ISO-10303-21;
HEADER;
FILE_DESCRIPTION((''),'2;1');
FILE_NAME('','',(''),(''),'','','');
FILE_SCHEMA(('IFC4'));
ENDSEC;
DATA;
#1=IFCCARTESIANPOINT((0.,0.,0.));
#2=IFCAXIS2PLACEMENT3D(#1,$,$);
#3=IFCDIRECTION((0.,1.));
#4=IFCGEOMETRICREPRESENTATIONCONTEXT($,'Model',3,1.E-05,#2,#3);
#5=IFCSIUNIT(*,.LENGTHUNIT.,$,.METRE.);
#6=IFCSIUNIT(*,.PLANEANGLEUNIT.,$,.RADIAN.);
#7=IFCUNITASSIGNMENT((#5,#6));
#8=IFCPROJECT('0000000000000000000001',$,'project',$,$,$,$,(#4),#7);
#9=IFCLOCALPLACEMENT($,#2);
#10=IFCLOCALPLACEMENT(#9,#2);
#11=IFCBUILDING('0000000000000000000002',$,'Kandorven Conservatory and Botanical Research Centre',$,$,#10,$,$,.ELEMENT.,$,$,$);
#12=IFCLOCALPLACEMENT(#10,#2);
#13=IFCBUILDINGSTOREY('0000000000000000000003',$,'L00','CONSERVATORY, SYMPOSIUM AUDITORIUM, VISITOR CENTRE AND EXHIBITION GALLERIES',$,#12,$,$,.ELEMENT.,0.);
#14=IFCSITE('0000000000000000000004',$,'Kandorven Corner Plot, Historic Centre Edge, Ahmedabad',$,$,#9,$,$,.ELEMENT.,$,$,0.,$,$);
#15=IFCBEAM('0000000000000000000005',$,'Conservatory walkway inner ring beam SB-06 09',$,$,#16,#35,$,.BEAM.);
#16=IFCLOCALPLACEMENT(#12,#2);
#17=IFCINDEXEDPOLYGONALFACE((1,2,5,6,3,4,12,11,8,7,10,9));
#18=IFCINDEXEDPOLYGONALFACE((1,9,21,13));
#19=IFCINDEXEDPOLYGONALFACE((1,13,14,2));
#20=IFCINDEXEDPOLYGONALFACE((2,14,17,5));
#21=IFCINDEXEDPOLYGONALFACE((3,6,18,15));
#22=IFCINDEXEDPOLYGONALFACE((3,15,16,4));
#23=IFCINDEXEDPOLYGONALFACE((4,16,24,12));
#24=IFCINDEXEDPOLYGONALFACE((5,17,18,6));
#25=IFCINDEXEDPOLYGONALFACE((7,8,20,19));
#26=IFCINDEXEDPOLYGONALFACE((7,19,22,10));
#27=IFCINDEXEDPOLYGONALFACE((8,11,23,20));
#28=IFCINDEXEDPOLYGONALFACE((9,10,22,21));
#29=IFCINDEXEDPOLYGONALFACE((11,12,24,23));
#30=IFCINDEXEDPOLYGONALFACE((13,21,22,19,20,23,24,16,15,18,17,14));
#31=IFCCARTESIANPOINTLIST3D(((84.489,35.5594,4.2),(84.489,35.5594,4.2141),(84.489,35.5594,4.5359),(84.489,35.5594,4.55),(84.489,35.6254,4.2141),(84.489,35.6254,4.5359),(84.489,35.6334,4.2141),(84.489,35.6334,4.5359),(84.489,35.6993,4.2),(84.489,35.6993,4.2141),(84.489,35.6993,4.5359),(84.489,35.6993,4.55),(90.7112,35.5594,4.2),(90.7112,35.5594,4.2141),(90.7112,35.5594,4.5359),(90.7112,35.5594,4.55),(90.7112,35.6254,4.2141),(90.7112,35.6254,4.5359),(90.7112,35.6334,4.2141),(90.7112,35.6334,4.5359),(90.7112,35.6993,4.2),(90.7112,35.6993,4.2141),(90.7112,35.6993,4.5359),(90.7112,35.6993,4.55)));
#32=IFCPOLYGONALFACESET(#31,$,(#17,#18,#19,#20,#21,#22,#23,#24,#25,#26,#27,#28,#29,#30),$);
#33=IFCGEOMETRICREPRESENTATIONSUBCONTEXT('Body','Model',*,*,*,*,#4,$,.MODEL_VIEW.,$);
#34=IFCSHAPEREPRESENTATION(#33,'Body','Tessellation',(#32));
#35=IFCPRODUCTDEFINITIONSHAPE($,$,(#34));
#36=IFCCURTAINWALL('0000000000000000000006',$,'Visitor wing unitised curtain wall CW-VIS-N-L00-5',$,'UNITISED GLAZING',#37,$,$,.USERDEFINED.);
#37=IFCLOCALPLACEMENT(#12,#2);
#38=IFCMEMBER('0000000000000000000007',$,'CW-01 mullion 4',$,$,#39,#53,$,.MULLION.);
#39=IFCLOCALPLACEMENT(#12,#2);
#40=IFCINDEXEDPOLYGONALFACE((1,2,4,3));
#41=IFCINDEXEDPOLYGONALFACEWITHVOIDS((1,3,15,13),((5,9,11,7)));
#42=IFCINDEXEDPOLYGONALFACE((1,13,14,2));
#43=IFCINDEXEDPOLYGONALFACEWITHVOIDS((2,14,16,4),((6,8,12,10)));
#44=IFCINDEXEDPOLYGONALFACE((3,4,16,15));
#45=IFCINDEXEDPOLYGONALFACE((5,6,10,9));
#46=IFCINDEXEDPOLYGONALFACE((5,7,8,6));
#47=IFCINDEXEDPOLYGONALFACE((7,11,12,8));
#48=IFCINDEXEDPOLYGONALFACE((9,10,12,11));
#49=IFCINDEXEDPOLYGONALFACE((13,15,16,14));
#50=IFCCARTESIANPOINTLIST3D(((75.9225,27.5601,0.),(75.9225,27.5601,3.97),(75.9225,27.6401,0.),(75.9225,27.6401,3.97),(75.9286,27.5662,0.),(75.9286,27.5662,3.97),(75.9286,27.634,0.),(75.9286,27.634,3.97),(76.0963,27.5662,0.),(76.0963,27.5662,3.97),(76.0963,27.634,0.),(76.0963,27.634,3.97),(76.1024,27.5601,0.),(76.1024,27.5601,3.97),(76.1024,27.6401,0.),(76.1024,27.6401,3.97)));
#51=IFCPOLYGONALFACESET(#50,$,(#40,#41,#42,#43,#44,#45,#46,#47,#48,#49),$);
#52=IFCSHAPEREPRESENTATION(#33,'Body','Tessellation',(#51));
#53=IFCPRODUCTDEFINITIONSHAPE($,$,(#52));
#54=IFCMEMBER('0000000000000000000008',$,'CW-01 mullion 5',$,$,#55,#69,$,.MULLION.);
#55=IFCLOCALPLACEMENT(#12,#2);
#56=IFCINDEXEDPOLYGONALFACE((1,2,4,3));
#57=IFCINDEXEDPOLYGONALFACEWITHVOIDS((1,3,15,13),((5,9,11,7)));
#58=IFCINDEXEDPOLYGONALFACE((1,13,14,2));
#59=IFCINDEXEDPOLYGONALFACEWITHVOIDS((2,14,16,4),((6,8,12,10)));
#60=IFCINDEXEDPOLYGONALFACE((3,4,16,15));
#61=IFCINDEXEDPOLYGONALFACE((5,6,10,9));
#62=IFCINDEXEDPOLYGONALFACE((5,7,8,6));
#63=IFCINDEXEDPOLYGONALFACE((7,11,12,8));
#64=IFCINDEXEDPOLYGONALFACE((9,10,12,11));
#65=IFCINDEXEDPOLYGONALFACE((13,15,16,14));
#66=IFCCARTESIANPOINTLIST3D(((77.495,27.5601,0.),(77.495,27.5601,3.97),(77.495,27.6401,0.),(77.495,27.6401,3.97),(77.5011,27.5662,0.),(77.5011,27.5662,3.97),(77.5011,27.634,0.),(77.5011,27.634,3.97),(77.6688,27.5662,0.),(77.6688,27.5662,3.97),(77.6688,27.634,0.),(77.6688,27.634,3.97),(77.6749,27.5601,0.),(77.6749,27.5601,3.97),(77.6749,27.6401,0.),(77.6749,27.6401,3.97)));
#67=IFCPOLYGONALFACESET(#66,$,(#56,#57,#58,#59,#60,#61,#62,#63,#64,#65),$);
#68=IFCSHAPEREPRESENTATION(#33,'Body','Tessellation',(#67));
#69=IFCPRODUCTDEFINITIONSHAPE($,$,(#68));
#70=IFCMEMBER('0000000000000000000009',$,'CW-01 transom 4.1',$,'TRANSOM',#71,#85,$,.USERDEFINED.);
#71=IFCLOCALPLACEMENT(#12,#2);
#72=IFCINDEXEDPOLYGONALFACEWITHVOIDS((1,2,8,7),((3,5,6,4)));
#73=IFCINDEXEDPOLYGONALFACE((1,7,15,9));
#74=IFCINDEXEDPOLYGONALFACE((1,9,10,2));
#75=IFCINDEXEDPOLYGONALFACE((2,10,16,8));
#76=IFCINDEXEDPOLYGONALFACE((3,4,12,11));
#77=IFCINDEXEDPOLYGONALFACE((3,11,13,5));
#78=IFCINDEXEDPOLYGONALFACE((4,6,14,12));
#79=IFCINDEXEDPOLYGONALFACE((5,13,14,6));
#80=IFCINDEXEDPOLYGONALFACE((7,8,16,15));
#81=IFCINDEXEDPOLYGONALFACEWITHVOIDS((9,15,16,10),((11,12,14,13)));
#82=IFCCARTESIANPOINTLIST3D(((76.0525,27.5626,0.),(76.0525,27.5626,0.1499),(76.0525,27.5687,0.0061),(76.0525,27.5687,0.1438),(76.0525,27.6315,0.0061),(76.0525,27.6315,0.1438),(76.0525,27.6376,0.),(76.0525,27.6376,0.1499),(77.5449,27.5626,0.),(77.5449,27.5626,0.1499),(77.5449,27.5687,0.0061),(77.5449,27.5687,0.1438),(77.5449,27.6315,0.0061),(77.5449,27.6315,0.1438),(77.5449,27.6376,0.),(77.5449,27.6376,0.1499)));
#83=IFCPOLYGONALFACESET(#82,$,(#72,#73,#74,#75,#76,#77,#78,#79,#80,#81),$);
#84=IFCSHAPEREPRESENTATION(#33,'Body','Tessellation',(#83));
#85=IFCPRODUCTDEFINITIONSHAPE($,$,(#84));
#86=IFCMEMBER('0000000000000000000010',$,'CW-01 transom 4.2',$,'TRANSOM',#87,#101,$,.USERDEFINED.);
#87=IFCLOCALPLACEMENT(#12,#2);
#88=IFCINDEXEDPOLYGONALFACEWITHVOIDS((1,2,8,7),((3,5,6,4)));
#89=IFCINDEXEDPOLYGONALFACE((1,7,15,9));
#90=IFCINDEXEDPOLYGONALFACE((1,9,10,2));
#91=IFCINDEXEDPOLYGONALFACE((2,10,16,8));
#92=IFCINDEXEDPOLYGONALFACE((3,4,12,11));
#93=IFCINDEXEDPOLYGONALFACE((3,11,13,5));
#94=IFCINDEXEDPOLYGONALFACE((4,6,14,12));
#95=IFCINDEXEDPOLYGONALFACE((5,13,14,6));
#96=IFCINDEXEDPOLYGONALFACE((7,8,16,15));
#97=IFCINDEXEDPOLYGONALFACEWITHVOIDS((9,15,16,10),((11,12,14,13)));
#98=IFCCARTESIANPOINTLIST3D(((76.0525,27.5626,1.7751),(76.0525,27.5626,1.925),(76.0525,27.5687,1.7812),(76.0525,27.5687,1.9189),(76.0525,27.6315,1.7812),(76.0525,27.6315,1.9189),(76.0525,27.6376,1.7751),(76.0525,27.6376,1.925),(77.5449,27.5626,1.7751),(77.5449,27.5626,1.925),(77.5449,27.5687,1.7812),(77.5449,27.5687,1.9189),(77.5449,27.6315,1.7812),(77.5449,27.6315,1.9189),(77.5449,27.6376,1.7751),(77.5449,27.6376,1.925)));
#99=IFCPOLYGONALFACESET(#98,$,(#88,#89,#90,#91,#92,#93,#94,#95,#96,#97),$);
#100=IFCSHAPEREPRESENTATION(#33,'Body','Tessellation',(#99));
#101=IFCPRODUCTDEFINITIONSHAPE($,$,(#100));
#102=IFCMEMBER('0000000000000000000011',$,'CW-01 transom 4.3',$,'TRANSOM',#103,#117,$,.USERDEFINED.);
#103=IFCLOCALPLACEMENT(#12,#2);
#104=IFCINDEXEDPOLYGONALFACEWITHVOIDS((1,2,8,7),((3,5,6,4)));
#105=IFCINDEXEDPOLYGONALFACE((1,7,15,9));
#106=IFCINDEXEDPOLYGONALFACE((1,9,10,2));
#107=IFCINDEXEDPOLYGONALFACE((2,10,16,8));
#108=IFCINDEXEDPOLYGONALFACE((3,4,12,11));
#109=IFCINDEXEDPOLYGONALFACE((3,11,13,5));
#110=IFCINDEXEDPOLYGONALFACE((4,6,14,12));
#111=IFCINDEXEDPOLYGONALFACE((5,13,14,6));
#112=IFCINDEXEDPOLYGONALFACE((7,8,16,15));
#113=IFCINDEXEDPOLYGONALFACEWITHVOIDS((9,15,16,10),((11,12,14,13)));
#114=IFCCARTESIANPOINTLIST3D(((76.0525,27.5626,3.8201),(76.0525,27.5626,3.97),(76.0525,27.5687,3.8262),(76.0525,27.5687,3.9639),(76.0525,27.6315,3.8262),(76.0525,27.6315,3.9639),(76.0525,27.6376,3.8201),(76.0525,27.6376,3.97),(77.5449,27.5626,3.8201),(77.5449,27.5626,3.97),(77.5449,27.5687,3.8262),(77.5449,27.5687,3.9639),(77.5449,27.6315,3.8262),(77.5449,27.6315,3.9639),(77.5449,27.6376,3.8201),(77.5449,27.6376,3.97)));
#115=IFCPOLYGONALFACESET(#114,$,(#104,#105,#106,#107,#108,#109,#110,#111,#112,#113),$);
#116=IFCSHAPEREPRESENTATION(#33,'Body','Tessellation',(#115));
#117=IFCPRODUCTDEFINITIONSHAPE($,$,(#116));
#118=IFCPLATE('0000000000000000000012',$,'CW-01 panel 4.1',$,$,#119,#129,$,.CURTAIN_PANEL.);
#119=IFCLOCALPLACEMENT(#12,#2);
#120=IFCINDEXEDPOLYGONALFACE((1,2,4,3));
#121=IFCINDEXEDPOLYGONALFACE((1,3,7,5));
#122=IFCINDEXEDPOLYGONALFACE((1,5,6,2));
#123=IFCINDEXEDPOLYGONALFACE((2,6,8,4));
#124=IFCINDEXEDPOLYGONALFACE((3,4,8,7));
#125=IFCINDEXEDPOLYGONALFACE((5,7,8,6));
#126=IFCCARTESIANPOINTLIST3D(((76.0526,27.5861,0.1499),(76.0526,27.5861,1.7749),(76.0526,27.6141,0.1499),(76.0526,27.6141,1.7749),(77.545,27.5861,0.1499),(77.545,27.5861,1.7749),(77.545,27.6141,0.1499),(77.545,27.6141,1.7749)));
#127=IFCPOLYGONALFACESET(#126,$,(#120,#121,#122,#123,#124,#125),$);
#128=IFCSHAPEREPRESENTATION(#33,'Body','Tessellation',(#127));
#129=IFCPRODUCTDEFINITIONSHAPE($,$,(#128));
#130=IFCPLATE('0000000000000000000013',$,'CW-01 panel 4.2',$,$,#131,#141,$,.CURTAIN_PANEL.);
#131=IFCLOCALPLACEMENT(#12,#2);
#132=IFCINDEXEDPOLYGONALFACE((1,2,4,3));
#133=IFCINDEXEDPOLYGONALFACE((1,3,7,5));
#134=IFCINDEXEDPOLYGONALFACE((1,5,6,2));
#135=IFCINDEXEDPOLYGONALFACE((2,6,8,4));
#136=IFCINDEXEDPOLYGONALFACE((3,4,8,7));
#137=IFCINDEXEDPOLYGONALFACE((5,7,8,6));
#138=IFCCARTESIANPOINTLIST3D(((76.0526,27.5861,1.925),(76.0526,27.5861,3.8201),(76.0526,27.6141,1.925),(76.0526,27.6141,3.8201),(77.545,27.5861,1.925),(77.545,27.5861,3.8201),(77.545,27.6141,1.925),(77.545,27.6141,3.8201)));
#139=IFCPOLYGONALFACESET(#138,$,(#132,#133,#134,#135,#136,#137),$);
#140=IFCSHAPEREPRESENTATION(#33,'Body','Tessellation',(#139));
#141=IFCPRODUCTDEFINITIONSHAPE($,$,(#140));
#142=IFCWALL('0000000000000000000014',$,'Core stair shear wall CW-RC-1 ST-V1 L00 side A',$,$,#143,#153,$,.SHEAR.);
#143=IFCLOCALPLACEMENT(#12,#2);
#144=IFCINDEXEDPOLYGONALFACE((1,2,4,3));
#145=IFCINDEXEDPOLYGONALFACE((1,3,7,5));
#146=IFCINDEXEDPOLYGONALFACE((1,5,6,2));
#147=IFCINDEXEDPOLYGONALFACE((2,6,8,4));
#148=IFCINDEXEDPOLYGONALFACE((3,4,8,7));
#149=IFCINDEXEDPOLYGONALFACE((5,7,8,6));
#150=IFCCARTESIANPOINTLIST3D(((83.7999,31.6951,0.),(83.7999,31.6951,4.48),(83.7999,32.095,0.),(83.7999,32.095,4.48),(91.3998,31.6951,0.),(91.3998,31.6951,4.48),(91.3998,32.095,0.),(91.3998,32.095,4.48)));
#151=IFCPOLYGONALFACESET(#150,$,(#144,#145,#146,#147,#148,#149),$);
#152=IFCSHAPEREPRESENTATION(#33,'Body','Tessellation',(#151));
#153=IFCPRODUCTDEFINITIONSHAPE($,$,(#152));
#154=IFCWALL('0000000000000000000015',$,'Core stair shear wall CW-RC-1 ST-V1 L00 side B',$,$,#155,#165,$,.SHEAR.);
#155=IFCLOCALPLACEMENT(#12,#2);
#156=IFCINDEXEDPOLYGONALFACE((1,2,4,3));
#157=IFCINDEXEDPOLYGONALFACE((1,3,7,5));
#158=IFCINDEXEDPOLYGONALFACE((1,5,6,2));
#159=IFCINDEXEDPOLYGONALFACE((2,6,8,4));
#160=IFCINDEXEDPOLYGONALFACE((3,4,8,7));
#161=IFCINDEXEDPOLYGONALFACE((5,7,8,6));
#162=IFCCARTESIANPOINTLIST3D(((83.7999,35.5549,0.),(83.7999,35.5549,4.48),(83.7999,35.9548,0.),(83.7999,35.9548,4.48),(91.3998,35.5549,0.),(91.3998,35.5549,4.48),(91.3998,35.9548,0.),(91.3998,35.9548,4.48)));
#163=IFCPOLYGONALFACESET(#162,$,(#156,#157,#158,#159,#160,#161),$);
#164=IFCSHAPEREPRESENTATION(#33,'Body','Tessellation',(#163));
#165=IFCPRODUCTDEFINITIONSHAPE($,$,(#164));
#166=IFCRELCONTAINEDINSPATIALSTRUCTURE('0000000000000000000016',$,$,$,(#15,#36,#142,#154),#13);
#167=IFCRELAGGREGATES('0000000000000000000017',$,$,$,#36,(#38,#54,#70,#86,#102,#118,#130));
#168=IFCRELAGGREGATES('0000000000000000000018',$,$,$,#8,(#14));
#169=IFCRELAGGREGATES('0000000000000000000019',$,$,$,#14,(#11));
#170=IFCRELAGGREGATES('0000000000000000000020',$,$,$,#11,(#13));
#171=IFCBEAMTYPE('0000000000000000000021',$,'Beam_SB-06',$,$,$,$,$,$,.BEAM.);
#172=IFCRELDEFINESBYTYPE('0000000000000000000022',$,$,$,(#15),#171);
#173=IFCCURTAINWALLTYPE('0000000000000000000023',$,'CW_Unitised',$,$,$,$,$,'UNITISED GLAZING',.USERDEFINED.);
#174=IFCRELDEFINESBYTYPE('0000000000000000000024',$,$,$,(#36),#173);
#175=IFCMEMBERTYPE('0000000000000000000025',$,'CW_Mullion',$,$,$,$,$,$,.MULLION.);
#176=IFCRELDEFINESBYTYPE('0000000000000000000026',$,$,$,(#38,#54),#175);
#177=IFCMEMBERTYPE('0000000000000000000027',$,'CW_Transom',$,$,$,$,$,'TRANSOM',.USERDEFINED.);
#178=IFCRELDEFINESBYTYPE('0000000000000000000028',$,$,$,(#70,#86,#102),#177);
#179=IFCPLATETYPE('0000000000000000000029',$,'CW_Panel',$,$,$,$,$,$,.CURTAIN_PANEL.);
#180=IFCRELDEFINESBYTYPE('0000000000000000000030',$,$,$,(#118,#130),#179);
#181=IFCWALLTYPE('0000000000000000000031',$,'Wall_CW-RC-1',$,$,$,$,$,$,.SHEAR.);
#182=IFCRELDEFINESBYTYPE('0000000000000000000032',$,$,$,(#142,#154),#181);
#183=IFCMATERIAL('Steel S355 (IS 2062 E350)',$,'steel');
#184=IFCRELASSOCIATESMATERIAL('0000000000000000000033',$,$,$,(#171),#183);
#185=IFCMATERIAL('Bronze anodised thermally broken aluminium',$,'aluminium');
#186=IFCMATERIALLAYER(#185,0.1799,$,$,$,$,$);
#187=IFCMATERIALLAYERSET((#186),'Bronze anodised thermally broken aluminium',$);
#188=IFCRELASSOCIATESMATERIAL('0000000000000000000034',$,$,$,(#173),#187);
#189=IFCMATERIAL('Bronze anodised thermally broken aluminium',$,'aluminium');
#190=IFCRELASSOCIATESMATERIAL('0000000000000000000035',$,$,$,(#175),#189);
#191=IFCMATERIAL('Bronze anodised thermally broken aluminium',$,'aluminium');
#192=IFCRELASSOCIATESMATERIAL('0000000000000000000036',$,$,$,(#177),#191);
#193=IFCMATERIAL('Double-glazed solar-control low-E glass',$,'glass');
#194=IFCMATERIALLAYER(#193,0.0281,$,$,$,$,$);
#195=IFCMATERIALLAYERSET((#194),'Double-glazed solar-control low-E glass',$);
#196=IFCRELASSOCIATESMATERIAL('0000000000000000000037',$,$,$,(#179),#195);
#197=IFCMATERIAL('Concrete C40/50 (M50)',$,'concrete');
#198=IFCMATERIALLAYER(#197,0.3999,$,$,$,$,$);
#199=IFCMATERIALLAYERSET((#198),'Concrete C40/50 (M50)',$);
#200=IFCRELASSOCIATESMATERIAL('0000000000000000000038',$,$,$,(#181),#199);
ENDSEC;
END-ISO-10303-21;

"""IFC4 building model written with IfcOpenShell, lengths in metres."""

from ifc_helpers import new_model, si_unit, direction, frame, frame_2d, origin, origin_2d, place, context, subcontext, project, spatial, rectangle, hollow_rectangle, i_section, extrude, material, layer, layer_set, material_profile, profile_set, type_object, element, aggregate, save


model = new_model("IFC4")

# Units and contexts
model_context = context("Model", 3, precision=1e-05, world=origin(), true_north=direction((0.0, 1.0)))
body_context = subcontext(model_context, "Body", "Model", "MODEL_VIEW")
ifc_project = project(units=[si_unit("LENGTHUNIT", "METRE"), si_unit("PLANEANGLEUNIT", "RADIAN")], contexts=[model_context])

# Site, building, storey
site_placement = place(None, origin())
site = spatial("IfcSite", under=ifc_project, at=site_placement, Name="Kandorven Corner Plot, Historic Centre Edge, Ahmedabad", CompositionType="ELEMENT", RefElevation=0.0)
building_placement = place(site_placement, origin())
building = spatial("IfcBuilding", under=site, at=building_placement, Name="Kandorven Conservatory and Botanical Research Centre", CompositionType="ELEMENT")
storey_placement = place(building_placement, origin())
storey = spatial("IfcBuildingStorey", under=building, at=storey_placement, Name="L00", Description="CONSERVATORY, SYMPOSIUM AUDITORIUM, VISITOR CENTRE AND EXHIBITION GALLERIES", CompositionType="ELEMENT", Elevation=0.0)

# Beam
ifc_material_1 = material(Name="Steel S355 (IS 2062 E350)", Category="steel")
ifc_material_profile_1 = material_profile(ifc_material_1, i_section(OverallWidth=0.1399, OverallDepth=0.3501, WebThickness=0.0081, FlangeThickness=0.0142, at=origin_2d()))
ifc_profile_set_1 = profile_set([ifc_material_profile_1], Name="Steel S355 (IS 2062 E350)")
beam_type_1 = type_object("IfcBeamType", Name="Beam_SB-06", PredefinedType="BEAM", material=ifc_profile_set_1)
beam_1_placement = place(storey_placement, frame((84.489, 35.6294, 4.375), z_axis=(1.0, 0.0, 0.0), x_axis=(0.0, 1.0, 0.0)))
element("IfcBeam", 1, at=beam_1_placement, inside=storey, type_object=beam_type_1, Name="Conservatory walkway inner ring beam SB-06 09", PredefinedType="BEAM", context=body_context, shape_type="SweptSolid", body=[
    extrude(i_section(OverallWidth=0.1399, OverallDepth=0.3501, WebThickness=0.0081, FlangeThickness=0.0142, at=origin_2d()), origin(), (0.0, 0.0, 1.0), 6.2222),
])

# Curtain wall, members, plates
ifc_material_2 = material(Name="Bronze anodised thermally broken aluminium", Category="aluminium")
ifc_layer_1 = layer(ifc_material_2, 0.1799)
ifc_layer_set_1 = layer_set([ifc_layer_1], Name="Bronze anodised thermally broken aluminium")
curtain_wall_type = type_object("IfcCurtainWallType", Name="CW_Unitised", ElementType="UNITISED GLAZING", PredefinedType="USERDEFINED", material=ifc_layer_set_1)
curtain_wall_placement = place(storey_placement, origin())
curtain_wall = element("IfcCurtainWall", 2, at=curtain_wall_placement, inside=storey, type_object=curtain_wall_type, Name="Visitor wing unitised curtain wall CW-VIS-N-L00-5", ObjectType="UNITISED GLAZING", PredefinedType="USERDEFINED")
ifc_material_3 = material(Name="Bronze anodised thermally broken aluminium", Category="aluminium")
ifc_material_profile_2 = material_profile(ifc_material_3, hollow_rectangle(XDim=0.0801, YDim=0.1799, WallThickness=0.0061, at=origin_2d()))
ifc_profile_set_2 = profile_set([ifc_material_profile_2], Name="Bronze anodised thermally broken aluminium")
member_type_1 = type_object("IfcMemberType", Name="CW_Mullion", PredefinedType="MULLION", material=ifc_profile_set_2)
member_1_placement = place(storey_placement, frame((76.0125, 27.6001, 0.0), z_axis=(0.0, 0.0, 1.0), x_axis=(0.0, 1.0, 0.0)))
member_1 = element("IfcMember", 3, at=member_1_placement, type_object=member_type_1, Name="CW-01 mullion 4", PredefinedType="MULLION", context=body_context, shape_type="SweptSolid", body=[
    extrude(hollow_rectangle(XDim=0.0801, YDim=0.1799, WallThickness=0.0061, at=origin_2d()), origin(), (0.0, 0.0, 1.0), 3.97),
])
member_2_placement = place(storey_placement, frame((77.585, 27.6001, 0.0), z_axis=(0.0, 0.0, 1.0), x_axis=(0.0, 1.0, 0.0)))
member_2 = element("IfcMember", 4, at=member_2_placement, type_object=member_type_1, Name="CW-01 mullion 5", PredefinedType="MULLION", context=body_context, shape_type="SweptSolid", body=[
    extrude(hollow_rectangle(XDim=0.0801, YDim=0.1799, WallThickness=0.0061, at=origin_2d()), origin(), (0.0, 0.0, 1.0), 3.97),
])
ifc_material_4 = material(Name="Bronze anodised thermally broken aluminium", Category="aluminium")
ifc_material_profile_3 = material_profile(ifc_material_4, hollow_rectangle(XDim=0.075, YDim=0.1499, WallThickness=0.0061, at=origin_2d()))
ifc_profile_set_3 = profile_set([ifc_material_profile_3], Name="Bronze anodised thermally broken aluminium")
member_type_2 = type_object("IfcMemberType", Name="CW_Transom", ElementType="TRANSOM", PredefinedType="USERDEFINED", material=ifc_profile_set_3)
member_3_placement = place(storey_placement, frame((76.0525, 27.6001, 0.075), z_axis=(1.0, 0.0, 0.0), x_axis=(0.0, 1.0, 0.0)))
member_3 = element("IfcMember", 5, at=member_3_placement, type_object=member_type_2, Name="CW-01 transom 4.1", ObjectType="TRANSOM", PredefinedType="USERDEFINED", context=body_context, shape_type="SweptSolid", body=[
    extrude(hollow_rectangle(XDim=0.075, YDim=0.1499, WallThickness=0.0061, at=origin_2d()), origin(), (0.0, 0.0, 1.0), 1.4924),
])
member_4_placement = place(storey_placement, frame((76.0525, 27.6001, 1.8501), z_axis=(1.0, 0.0, 0.0), x_axis=(0.0, 1.0, 0.0)))
member_4 = element("IfcMember", 6, at=member_4_placement, type_object=member_type_2, Name="CW-01 transom 4.2", ObjectType="TRANSOM", PredefinedType="USERDEFINED", context=body_context, shape_type="SweptSolid", body=[
    extrude(hollow_rectangle(XDim=0.075, YDim=0.1499, WallThickness=0.0061, at=origin_2d()), origin(), (0.0, 0.0, 1.0), 1.4924),
])
member_5_placement = place(storey_placement, frame((76.0525, 27.6001, 3.895), z_axis=(1.0, 0.0, 0.0), x_axis=(0.0, 1.0, 0.0)))
member_5 = element("IfcMember", 7, at=member_5_placement, type_object=member_type_2, Name="CW-01 transom 4.3", ObjectType="TRANSOM", PredefinedType="USERDEFINED", context=body_context, shape_type="SweptSolid", body=[
    extrude(hollow_rectangle(XDim=0.075, YDim=0.1499, WallThickness=0.0061, at=origin_2d()), origin(), (0.0, 0.0, 1.0), 1.4924),
])
ifc_material_5 = material(Name="Double-glazed solar-control low-E glass", Category="glass")
ifc_layer_2 = layer(ifc_material_5, 0.0281)
ifc_layer_set_2 = layer_set([ifc_layer_2], Name="Double-glazed solar-control low-E glass")
plate_type = type_object("IfcPlateType", Name="CW_Panel", PredefinedType="CURTAIN_PANEL", material=ifc_layer_set_2)
plate_1_placement = place(storey_placement, frame((76.7988, 27.6001, 0.1499), z_axis=(0.0, 0.0, 1.0), x_axis=(1.0, 0.0, 0.0)))
plate_1 = element("IfcPlate", 8, at=plate_1_placement, type_object=plate_type, Name="CW-01 panel 4.1", PredefinedType="CURTAIN_PANEL", context=body_context, shape_type="SweptSolid", body=[
    extrude(rectangle(XDim=1.4924, YDim=0.0281, at=origin_2d()), origin(), (0.0, 0.0, 1.0), 1.625),
])
plate_2_placement = place(storey_placement, frame((76.7988, 27.6001, 1.925), z_axis=(0.0, 0.0, 1.0), x_axis=(1.0, 0.0, 0.0)))
plate_2 = element("IfcPlate", 9, at=plate_2_placement, type_object=plate_type, Name="CW-01 panel 4.2", PredefinedType="CURTAIN_PANEL", context=body_context, shape_type="SweptSolid", body=[
    extrude(rectangle(XDim=1.4924, YDim=0.0281, at=origin_2d()), origin(), (0.0, 0.0, 1.0), 1.895),
])
aggregate(curtain_wall, [member_1, member_2, member_3, member_4, member_5, plate_1, plate_2])

# Walls
ifc_material_6 = material(Name="Concrete C40/50 (M50)", Category="concrete")
ifc_layer_3 = layer(ifc_material_6, 0.3999)
ifc_layer_set_3 = layer_set([ifc_layer_3], Name="Concrete C40/50 (M50)")
wall_type_1 = type_object("IfcWallType", Name="Wall_CW-RC-1", PredefinedType="SHEAR", material=ifc_layer_set_3)
for number, where, z_axis, x_axis, name in (
    (10, (83.8, 31.895, 0.0), (0.0, 0.0, 1.0), (1.0, 0.0, 0.0), "Core stair shear wall CW-RC-1 ST-V1 L00 side A"),
    (11, (83.8, 35.7549, 0.0), (0.0, 0.0, 1.0), (1.0, 0.0, 0.0), "Core stair shear wall CW-RC-1 ST-V1 L00 side B"),
):
    element("IfcWall", number, at=place(storey_placement, frame(where, z_axis=z_axis, x_axis=x_axis)), inside=storey, type_object=wall_type_1, Name=name, PredefinedType="SHEAR", context=body_context, shape_type="SweptSolid", body=[
        extrude(rectangle(XDim=7.5999, YDim=0.3999, at=frame_2d((3.7998, 0.0))), origin(), (0.0, 0.0, 1.0), 4.48),
    ])

save(model, "model.ifc")
